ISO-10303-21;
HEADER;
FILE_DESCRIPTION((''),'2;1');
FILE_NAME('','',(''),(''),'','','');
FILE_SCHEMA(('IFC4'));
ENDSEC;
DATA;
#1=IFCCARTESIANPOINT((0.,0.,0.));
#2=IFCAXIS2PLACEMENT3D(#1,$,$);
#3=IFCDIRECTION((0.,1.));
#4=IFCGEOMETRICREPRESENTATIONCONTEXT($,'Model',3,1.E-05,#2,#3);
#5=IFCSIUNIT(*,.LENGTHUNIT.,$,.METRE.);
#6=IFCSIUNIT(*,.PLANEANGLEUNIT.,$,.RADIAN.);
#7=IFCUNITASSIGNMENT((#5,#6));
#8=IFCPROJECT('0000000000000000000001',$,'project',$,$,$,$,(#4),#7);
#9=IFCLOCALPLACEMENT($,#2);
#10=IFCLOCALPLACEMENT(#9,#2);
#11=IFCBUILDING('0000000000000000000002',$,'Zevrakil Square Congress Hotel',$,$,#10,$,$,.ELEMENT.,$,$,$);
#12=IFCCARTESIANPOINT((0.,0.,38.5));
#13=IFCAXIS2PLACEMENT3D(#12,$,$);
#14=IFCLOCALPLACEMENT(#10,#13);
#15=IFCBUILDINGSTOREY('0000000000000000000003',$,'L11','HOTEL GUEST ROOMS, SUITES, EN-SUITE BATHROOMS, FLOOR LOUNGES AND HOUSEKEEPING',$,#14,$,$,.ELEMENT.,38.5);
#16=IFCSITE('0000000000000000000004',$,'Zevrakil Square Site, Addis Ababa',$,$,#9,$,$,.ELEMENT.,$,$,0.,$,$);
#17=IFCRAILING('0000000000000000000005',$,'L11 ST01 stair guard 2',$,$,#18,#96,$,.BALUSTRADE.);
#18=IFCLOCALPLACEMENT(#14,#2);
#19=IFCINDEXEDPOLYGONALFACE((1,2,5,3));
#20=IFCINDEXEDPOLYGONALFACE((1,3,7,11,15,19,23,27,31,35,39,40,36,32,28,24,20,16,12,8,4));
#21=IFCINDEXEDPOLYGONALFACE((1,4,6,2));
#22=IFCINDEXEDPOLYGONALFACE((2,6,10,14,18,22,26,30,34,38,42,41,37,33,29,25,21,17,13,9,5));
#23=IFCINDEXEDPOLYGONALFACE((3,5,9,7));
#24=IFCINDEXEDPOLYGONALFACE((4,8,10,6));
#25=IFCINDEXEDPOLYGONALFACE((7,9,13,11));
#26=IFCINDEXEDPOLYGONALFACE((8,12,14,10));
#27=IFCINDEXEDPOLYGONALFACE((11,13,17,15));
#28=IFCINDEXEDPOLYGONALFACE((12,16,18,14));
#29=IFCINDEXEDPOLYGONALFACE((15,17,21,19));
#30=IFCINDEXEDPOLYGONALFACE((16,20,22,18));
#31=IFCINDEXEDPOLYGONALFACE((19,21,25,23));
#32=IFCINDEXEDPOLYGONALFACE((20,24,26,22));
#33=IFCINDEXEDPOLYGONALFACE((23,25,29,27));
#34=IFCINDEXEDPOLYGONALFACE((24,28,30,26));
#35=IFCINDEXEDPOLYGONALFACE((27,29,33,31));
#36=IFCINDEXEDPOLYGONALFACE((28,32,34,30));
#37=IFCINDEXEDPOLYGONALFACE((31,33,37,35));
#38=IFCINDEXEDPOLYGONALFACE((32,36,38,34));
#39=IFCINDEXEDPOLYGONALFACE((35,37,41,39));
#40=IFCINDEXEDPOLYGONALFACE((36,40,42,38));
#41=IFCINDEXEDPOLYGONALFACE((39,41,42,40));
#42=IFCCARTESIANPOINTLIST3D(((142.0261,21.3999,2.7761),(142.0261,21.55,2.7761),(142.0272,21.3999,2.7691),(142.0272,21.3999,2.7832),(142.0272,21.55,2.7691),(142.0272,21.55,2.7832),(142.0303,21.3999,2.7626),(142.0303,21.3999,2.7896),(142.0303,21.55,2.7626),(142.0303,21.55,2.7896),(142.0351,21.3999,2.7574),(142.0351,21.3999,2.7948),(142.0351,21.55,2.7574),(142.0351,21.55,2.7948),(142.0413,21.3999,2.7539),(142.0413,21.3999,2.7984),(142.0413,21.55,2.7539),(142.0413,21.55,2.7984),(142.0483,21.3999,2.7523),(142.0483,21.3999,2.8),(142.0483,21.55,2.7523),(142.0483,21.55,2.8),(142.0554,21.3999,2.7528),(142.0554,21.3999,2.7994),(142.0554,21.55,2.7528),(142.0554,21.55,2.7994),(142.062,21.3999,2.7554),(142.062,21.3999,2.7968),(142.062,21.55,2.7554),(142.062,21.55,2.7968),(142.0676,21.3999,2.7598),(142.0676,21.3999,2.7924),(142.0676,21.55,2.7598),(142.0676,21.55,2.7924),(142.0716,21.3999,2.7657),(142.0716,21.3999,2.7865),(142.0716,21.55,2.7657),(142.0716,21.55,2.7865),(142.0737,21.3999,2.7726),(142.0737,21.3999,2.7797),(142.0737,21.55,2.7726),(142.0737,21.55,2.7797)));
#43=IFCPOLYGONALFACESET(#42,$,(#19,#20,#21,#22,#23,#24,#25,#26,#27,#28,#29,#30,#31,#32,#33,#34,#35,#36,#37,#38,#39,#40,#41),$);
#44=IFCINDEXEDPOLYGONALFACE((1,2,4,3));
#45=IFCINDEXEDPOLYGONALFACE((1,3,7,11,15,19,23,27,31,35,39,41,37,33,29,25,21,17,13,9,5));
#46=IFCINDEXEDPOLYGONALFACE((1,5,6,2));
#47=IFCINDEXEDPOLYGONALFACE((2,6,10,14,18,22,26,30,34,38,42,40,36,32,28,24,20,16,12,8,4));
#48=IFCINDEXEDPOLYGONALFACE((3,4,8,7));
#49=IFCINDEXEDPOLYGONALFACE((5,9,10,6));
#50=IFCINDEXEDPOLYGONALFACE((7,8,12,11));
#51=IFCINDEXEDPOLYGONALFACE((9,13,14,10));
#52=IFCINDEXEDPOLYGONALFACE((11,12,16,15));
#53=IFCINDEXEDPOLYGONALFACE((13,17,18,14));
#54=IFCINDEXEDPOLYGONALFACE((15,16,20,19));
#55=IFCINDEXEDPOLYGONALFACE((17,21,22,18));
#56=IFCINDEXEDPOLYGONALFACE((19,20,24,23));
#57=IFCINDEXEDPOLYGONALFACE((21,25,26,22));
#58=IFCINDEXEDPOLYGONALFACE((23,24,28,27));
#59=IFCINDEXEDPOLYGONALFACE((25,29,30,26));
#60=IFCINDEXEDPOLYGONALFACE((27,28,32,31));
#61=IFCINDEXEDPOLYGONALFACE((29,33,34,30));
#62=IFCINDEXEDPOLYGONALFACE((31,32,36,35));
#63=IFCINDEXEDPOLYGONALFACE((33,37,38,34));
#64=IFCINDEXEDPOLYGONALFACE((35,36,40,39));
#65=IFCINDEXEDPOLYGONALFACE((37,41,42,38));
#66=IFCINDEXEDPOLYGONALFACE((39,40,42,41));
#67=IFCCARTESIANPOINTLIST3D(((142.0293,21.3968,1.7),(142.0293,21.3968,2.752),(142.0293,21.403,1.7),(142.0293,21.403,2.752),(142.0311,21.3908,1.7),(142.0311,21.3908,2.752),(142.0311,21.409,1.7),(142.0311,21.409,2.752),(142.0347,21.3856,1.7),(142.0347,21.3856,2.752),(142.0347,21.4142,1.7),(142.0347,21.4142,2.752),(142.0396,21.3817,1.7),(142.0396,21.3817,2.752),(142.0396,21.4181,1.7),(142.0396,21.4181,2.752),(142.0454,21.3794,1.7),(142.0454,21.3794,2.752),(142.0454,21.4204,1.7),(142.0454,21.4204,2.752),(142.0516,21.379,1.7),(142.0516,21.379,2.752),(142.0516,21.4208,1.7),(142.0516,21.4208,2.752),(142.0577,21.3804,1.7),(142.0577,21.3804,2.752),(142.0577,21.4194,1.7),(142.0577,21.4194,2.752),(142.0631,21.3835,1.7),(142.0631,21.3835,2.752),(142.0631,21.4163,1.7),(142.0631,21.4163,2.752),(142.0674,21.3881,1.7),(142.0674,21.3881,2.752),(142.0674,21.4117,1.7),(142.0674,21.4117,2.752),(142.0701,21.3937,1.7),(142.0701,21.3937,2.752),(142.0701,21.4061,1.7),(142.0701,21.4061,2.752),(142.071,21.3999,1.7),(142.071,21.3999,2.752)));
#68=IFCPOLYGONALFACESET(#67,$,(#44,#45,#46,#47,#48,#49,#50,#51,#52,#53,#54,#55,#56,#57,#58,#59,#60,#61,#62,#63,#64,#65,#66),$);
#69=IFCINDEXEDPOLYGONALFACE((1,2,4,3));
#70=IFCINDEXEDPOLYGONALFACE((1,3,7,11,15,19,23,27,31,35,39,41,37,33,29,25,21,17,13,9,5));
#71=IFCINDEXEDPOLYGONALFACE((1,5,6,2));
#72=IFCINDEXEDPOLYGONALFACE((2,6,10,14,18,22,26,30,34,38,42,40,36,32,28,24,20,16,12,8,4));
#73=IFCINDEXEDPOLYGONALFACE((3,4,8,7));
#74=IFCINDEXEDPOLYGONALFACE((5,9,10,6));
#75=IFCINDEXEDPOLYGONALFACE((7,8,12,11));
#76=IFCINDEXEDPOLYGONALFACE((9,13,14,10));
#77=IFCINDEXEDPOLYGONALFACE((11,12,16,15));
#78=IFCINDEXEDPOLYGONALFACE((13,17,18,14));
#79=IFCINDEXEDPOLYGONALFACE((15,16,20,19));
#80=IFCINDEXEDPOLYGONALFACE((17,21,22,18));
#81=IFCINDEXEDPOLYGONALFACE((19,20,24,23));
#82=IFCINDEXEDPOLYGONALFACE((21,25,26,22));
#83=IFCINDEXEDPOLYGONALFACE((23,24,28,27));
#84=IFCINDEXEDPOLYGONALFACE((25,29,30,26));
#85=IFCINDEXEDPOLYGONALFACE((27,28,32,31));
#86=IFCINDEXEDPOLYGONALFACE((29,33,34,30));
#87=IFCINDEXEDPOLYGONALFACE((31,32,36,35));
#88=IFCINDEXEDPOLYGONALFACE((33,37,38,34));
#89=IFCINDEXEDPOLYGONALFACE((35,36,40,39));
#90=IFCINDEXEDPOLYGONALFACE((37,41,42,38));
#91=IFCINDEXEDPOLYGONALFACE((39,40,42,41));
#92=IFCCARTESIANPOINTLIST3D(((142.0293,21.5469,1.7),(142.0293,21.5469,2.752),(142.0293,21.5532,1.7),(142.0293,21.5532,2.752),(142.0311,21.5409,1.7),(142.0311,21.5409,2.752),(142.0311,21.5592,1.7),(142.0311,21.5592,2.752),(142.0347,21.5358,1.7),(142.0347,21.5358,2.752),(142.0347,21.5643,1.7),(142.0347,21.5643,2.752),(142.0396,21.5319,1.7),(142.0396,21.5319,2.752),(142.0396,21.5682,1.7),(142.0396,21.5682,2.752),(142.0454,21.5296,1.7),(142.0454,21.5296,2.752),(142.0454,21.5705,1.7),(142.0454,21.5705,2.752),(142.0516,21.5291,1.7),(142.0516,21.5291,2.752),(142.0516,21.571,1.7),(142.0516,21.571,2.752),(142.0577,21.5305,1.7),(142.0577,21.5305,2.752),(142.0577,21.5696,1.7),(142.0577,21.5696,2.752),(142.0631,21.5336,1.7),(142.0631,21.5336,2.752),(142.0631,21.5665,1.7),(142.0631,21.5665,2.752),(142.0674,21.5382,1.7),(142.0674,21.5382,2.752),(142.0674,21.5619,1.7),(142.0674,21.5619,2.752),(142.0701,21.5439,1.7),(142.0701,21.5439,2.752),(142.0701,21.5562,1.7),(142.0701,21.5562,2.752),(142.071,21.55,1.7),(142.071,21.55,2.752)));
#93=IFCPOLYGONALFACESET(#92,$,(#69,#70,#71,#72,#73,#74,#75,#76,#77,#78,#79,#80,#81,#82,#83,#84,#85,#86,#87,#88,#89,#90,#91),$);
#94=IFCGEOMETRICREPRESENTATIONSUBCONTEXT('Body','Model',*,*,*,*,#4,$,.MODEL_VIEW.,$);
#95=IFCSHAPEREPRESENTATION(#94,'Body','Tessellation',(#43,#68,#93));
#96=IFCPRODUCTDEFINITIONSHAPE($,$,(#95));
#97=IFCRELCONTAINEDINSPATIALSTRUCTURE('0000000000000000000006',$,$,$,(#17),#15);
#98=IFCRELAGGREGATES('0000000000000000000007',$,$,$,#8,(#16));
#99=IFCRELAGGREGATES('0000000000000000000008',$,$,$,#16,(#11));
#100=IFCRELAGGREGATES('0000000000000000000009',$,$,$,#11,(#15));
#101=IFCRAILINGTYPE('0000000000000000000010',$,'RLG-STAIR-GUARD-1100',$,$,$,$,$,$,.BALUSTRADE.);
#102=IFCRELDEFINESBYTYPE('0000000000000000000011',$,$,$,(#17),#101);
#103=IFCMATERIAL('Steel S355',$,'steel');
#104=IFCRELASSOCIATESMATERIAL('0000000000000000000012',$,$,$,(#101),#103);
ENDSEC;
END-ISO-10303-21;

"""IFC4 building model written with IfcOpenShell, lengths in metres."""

from ifc_helpers import new_model, si_unit, direction, frame, origin, origin_2d, place, context, subcontext, project, spatial, circle, extrude, material, type_object, element, save


model = new_model("IFC4")

# Units and contexts
model_context = context("Model", 3, precision=1e-05, world=origin(), true_north=direction((0.0, 1.0)))
body_context = subcontext(model_context, "Body", "Model", "MODEL_VIEW")
ifc_project = project(units=[si_unit("LENGTHUNIT", "METRE"), si_unit("PLANEANGLEUNIT", "RADIAN")], contexts=[model_context])

# Site, building, storey
site_placement = place(None, origin())
site = spatial("IfcSite", under=ifc_project, at=site_placement, Name="Zevrakil Square Site, Addis Ababa", CompositionType="ELEMENT", RefElevation=0.0)
building_placement = place(site_placement, origin())
building = spatial("IfcBuilding", under=site, at=building_placement, Name="Zevrakil Square Congress Hotel", CompositionType="ELEMENT")
storey_placement = place(building_placement, frame((0.0, 0.0, 38.5)))
storey = spatial("IfcBuildingStorey", under=building, at=storey_placement, Name="L11", Description="HOTEL GUEST ROOMS, SUITES, EN-SUITE BATHROOMS, FLOOR LOUNGES AND HOUSEKEEPING", CompositionType="ELEMENT", Elevation=38.5)

# Railing
ifc_material_1 = material(Name="Steel S355", Category="steel")
railing_type_1 = type_object("IfcRailingType", Name="RLG-STAIR-GUARD-1100", PredefinedType="BALUSTRADE", material=ifc_material_1)
railing_1_placement = place(storey_placement, frame((142.05, 21.3999, 1.7)))
element("IfcRailing", 1, at=railing_1_placement, inside=storey, type_object=railing_type_1, Name="L11 ST01 stair guard 2", PredefinedType="BALUSTRADE", context=body_context, shape_type="SweptSolid", body=[
    extrude(circle(Radius=0.0239, at=origin_2d()), frame((0.0, 0.0, 1.0762), z_axis=(0.0, 1.0, 0.0), x_axis=(-1.0, 0.0, 0.0)), (0.0, 0.0, 1.0), 0.1501),
    extrude(circle(Radius=0.021, at=origin_2d()), origin(), (0.0, 0.0, 1.0), 1.052),
    extrude(circle(Radius=0.021, at=origin_2d()), frame((0.0, 0.1501, 0.0)), (0.0, 0.0, 1.0), 1.052),
])

save(model, "model.ifc")
